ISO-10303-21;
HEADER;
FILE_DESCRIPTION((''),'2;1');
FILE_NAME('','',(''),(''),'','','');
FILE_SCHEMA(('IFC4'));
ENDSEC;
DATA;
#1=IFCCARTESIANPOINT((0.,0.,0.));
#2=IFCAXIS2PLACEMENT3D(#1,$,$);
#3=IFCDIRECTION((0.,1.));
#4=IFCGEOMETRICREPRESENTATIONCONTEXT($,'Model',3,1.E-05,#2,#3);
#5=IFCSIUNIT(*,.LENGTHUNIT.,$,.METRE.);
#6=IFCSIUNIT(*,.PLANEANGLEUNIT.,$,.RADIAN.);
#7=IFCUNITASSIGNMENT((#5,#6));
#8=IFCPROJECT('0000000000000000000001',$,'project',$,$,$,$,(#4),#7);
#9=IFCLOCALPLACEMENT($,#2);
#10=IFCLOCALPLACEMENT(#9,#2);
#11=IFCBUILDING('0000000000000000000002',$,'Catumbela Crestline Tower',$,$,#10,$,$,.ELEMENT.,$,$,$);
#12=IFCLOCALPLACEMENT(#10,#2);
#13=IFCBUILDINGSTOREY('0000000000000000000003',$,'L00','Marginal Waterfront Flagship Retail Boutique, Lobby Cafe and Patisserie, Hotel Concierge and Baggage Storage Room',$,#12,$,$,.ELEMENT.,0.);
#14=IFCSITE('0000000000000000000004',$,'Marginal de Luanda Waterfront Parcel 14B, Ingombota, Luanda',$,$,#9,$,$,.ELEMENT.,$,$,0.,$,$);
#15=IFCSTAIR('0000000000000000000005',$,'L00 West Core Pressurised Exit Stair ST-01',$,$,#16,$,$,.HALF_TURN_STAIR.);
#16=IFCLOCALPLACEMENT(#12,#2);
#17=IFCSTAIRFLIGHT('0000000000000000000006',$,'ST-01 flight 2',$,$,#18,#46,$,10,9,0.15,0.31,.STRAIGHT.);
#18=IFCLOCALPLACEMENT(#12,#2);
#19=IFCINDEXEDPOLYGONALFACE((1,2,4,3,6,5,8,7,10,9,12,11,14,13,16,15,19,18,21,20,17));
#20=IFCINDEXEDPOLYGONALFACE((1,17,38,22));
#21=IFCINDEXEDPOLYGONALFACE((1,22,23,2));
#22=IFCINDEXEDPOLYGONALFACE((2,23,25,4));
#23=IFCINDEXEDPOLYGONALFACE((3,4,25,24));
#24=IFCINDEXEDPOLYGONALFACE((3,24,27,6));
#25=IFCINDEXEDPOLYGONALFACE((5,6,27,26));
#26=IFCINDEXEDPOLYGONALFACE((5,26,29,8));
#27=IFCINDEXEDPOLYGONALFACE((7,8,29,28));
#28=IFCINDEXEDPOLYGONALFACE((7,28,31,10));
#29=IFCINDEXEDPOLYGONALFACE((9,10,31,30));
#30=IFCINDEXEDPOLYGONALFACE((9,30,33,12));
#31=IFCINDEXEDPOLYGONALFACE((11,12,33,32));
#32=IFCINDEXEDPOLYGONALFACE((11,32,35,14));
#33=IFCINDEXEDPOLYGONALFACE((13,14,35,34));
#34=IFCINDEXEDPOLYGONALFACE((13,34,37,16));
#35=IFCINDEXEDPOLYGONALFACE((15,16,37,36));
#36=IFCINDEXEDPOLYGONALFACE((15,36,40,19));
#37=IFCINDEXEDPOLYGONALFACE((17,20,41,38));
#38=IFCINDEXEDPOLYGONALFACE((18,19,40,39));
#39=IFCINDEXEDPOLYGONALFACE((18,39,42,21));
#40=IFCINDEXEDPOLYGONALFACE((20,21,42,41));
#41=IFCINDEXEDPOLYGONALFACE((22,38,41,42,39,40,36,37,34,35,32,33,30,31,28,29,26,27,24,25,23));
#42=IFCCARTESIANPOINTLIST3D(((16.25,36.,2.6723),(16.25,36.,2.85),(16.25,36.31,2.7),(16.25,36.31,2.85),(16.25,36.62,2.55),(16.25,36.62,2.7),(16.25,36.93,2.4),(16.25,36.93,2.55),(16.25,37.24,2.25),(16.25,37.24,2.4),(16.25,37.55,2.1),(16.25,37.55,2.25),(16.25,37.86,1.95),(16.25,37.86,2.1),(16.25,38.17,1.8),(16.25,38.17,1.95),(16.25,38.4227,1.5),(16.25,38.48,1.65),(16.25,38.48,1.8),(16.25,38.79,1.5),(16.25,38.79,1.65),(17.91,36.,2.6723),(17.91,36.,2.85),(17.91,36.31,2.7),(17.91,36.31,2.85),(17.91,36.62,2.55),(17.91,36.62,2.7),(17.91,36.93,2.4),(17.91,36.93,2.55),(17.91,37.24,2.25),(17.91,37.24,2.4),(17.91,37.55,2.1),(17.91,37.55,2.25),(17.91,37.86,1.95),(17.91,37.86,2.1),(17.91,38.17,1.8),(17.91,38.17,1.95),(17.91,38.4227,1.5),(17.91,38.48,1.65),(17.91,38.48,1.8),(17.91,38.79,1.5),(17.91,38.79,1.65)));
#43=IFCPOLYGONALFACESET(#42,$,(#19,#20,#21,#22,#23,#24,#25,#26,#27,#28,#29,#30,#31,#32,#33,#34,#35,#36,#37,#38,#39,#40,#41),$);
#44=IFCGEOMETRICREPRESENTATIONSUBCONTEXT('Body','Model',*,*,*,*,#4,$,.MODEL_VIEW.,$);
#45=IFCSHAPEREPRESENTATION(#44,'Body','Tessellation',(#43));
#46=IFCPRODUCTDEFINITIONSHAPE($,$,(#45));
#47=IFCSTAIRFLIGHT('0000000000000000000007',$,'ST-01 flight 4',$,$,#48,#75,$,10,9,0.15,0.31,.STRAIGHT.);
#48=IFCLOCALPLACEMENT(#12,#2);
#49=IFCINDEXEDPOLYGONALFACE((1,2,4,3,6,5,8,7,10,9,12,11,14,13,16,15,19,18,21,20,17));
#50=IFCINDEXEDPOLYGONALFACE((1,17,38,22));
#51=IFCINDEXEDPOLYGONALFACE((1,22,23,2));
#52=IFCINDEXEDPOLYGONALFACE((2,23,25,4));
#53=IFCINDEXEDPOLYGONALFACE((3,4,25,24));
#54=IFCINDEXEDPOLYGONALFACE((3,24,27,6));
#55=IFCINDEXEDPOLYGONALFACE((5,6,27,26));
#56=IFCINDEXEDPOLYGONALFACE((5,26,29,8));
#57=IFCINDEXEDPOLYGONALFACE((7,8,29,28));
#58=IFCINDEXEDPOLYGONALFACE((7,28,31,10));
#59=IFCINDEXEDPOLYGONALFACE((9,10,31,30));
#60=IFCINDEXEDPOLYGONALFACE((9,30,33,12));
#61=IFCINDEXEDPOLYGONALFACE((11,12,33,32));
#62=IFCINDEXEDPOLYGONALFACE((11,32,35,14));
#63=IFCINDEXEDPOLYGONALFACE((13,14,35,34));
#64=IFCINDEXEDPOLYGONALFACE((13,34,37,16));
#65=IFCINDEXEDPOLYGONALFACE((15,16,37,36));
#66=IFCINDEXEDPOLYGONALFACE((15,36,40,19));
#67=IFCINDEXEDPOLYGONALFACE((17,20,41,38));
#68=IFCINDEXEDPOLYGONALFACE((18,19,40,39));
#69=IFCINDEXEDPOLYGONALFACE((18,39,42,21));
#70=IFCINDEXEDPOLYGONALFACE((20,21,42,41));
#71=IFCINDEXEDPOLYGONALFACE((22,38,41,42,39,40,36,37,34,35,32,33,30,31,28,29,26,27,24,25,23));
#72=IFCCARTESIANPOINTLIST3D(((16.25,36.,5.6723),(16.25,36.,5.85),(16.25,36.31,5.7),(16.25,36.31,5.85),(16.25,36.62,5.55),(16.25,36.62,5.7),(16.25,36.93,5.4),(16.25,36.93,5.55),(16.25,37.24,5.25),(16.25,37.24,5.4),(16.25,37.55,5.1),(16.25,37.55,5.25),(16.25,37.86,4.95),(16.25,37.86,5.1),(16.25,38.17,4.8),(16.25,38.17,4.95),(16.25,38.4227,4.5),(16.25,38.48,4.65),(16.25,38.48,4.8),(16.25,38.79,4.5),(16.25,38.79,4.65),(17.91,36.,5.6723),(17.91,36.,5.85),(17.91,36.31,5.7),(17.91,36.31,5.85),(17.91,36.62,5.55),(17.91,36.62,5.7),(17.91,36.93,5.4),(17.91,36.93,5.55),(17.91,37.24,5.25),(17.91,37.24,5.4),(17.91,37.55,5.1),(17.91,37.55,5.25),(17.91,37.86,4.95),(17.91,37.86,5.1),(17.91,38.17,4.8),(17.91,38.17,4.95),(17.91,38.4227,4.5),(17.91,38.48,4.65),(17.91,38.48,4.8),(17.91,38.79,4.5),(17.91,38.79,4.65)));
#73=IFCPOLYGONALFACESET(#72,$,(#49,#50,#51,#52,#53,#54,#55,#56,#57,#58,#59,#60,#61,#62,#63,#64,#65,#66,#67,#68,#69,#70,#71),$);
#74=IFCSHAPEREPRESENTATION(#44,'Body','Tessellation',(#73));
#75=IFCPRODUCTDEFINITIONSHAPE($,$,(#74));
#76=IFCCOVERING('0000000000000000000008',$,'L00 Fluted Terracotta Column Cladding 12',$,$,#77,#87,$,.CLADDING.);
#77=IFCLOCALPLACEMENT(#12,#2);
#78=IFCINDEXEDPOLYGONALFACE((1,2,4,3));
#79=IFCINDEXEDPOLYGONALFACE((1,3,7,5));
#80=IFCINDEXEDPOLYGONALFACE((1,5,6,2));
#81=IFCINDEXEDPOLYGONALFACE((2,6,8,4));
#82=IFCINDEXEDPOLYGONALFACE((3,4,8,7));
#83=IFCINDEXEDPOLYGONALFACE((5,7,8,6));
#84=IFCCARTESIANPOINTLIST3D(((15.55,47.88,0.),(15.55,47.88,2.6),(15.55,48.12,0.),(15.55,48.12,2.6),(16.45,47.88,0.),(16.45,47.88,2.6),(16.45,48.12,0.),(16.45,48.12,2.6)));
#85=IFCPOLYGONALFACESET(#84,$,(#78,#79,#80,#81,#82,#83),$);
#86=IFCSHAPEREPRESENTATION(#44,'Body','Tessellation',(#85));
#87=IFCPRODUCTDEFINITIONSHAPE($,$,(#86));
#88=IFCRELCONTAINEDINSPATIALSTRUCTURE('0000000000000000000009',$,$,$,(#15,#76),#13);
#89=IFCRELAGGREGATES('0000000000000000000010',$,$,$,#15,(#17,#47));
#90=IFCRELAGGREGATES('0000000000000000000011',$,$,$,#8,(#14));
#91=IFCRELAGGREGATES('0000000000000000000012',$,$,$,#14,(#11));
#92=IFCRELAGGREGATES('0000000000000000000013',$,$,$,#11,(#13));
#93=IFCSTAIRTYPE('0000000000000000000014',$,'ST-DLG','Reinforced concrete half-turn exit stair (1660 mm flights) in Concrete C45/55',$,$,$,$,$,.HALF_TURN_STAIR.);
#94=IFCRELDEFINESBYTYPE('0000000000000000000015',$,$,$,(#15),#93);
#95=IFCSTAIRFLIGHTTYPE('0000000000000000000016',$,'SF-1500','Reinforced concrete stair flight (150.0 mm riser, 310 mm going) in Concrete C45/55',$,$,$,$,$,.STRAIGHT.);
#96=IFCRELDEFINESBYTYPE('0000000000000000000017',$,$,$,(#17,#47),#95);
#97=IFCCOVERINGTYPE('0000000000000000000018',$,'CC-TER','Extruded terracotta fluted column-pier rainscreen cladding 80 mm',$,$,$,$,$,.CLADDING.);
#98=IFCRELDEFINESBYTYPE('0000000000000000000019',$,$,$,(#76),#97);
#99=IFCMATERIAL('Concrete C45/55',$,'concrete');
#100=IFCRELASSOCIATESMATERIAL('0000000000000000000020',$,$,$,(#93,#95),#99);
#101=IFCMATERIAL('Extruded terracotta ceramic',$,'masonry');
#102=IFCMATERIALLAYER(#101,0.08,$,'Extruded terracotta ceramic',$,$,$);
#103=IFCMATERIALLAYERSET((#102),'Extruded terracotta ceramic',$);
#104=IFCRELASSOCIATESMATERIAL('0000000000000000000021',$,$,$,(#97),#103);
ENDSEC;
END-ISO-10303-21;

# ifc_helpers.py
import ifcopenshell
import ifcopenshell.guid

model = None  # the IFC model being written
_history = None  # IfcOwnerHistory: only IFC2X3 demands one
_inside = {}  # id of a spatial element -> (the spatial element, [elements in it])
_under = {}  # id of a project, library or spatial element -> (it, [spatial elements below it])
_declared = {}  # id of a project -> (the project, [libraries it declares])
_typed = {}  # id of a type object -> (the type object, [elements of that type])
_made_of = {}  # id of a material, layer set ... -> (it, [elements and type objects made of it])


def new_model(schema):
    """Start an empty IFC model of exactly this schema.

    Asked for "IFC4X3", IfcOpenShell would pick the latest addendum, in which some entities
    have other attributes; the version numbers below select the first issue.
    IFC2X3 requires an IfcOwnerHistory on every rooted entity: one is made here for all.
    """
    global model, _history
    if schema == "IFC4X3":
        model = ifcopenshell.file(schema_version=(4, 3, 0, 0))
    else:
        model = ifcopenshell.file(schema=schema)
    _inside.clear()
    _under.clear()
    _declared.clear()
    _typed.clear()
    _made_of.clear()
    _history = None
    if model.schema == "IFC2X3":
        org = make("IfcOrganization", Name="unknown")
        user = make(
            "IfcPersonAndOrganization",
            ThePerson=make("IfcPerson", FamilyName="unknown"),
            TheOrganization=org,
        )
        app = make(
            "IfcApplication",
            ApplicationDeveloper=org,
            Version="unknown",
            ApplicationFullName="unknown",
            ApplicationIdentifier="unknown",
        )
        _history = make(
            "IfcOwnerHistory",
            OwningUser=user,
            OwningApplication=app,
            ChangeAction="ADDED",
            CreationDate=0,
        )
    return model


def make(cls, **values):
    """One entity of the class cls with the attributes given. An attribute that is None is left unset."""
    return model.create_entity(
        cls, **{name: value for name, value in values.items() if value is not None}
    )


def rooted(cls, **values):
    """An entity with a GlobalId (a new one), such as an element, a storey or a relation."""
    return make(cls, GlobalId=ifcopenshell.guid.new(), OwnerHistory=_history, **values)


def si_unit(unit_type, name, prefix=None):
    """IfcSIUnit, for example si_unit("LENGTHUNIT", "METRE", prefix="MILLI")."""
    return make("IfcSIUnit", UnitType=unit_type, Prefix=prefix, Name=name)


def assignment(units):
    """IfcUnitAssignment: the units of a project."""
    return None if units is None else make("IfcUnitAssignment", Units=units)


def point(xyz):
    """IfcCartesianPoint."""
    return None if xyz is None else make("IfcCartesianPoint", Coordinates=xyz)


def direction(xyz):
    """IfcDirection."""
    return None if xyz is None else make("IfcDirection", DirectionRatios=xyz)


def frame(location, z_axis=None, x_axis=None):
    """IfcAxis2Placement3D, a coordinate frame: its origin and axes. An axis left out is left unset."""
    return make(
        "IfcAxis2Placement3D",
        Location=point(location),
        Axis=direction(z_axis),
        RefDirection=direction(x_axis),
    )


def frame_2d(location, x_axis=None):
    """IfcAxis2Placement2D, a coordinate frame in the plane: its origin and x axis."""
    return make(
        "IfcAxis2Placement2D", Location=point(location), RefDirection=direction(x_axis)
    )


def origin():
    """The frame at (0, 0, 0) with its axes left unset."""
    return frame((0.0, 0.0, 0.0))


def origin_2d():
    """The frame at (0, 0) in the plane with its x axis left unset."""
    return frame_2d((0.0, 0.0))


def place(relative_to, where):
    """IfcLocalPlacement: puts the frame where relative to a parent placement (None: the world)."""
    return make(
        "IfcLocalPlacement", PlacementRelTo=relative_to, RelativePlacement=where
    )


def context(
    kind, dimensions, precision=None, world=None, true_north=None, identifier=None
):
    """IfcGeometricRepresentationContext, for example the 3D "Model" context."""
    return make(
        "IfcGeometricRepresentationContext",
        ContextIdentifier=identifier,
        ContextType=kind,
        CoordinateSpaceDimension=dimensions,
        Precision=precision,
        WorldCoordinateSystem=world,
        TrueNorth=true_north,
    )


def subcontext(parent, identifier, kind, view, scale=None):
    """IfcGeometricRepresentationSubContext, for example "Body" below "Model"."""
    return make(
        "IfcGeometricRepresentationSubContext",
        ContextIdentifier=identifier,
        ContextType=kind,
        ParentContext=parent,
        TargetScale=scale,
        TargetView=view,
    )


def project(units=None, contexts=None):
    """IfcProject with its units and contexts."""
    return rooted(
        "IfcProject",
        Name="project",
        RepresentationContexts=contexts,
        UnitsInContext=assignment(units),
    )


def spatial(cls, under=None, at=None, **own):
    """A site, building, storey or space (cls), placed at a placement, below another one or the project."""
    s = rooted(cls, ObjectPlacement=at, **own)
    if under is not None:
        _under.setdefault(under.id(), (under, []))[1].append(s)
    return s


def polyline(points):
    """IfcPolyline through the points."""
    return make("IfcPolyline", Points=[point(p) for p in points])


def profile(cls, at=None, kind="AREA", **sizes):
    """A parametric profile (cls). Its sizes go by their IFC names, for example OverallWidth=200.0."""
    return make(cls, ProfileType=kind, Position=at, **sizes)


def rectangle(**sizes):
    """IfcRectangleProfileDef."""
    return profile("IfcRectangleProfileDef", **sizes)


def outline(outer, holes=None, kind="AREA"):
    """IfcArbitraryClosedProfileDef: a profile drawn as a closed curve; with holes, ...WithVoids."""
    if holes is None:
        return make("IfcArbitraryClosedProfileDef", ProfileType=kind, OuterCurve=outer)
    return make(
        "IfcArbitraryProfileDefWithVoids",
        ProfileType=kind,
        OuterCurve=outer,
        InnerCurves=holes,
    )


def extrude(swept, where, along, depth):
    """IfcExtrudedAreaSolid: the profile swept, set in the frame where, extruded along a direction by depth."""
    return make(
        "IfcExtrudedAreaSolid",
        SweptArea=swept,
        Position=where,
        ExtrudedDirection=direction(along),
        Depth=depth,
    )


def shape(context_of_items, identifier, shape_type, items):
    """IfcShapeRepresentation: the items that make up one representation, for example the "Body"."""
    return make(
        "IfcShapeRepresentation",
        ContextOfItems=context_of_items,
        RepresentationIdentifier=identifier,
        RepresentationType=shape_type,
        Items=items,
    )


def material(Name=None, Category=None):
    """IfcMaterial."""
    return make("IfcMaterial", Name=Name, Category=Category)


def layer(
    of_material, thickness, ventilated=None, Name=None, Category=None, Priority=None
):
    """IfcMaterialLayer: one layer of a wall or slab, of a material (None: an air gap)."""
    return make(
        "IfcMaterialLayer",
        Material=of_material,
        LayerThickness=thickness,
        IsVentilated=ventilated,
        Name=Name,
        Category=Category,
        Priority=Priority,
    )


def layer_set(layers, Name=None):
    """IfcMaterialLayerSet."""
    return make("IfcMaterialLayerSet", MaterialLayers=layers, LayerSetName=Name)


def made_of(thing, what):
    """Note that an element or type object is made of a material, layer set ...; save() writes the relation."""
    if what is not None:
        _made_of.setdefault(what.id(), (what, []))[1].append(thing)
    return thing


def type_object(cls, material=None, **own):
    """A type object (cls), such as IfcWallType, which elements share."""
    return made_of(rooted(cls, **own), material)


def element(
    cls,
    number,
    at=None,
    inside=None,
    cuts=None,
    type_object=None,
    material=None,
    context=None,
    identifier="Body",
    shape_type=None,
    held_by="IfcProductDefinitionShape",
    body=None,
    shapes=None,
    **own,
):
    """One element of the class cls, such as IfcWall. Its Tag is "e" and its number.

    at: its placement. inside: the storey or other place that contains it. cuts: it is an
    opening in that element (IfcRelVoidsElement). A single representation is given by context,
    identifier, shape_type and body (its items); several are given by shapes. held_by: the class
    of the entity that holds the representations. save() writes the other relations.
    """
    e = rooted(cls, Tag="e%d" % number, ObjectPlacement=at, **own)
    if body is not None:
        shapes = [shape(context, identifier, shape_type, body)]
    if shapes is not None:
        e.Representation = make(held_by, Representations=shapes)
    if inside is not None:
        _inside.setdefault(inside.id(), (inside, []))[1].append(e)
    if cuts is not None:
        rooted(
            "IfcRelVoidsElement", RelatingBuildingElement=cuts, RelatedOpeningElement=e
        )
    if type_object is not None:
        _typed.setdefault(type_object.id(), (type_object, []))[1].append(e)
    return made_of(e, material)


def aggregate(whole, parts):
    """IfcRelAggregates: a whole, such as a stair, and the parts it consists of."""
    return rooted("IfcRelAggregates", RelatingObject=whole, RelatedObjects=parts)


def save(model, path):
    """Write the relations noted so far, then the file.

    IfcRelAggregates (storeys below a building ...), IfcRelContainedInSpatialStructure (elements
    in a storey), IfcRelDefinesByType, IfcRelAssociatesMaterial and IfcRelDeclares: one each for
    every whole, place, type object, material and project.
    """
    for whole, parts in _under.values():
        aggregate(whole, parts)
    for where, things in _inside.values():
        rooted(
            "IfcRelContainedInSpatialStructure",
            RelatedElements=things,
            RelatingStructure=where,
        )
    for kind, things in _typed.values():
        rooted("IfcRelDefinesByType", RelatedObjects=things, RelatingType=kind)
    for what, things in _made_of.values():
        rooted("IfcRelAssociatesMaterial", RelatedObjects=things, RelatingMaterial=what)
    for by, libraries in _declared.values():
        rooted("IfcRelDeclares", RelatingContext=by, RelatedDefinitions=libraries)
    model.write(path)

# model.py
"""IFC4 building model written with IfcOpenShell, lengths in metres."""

from ifc_helpers import new_model, si_unit, direction, frame, origin, origin_2d, place, context, subcontext, project, spatial, polyline, rectangle, outline, extrude, material, layer, layer_set, type_object, element, aggregate, save


model = new_model("IFC4")

# Units and contexts
model_context = context("Model", 3, precision=1e-05, world=origin(), true_north=direction((0.0, 1.0)))
body_context = subcontext(model_context, "Body", "Model", "MODEL_VIEW")
ifc_project = project(units=[si_unit("LENGTHUNIT", "METRE"), si_unit("PLANEANGLEUNIT", "RADIAN")], contexts=[model_context])

# Site, building, storey
site_placement = place(None, origin())
site = spatial("IfcSite", under=ifc_project, at=site_placement, Name="Marginal de Luanda Waterfront Parcel 14B, Ingombota, Luanda", CompositionType="ELEMENT", RefElevation=0.0)
building_placement = place(site_placement, origin())
building = spatial("IfcBuilding", under=site, at=building_placement, Name="Catumbela Crestline Tower", CompositionType="ELEMENT")
storey_placement = place(building_placement, origin())
storey = spatial("IfcBuildingStorey", under=building, at=storey_placement, Name="L00", Description="Marginal Waterfront Flagship Retail Boutique, Lobby Cafe and Patisserie, Hotel Concierge and Baggage Storage Room", CompositionType="ELEMENT", Elevation=0.0)

# Stair, stair flights
ifc_material_1 = material(Name="Concrete C45/55", Category="concrete")
stair_type = type_object("IfcStairType", Name="ST-DLG", Description="Reinforced concrete half-turn exit stair (1660 mm flights) in Concrete C45/55", PredefinedType="HALF_TURN_STAIR", material=ifc_material_1)
stair_placement = place(storey_placement, origin())
stair = element("IfcStair", 1, at=stair_placement, inside=storey, type_object=stair_type, Name="L00 West Core Pressurised Exit Stair ST-01", PredefinedType="HALF_TURN_STAIR")
stair_flight_type = type_object("IfcStairFlightType", Name="SF-1500", Description="Reinforced concrete stair flight (150.0 mm riser, 310 mm going) in Concrete C45/55", PredefinedType="STRAIGHT", material=ifc_material_1)
stair_flight_1_placement = place(storey_placement, frame((17.08, 38.79, 1.5), z_axis=(0.0, 0.0, 1.0), x_axis=(0.0, -1.0, 0.0)))
stair_flight_1 = element("IfcStairFlight", 2, at=stair_flight_1_placement, type_object=stair_flight_type, Name="ST-01 flight 2", NumberOfRisers=10, NumberOfTreads=9, PredefinedType="STRAIGHT", RiserHeight=0.15, TreadLength=0.31, context=body_context, shape_type="SweptSolid", body=[
    extrude(outline(polyline([(0.0, 0.0), (0.0, 0.15), (0.31, 0.15), (0.31, 0.3), (0.62, 0.3), (0.62, 0.45), (0.93, 0.45), (0.93, 0.6), (1.24, 0.6), (1.24, 0.75), (1.55, 0.75), (1.55, 0.9), (1.86, 0.9), (1.86, 1.05), (2.17, 1.05), (2.17, 1.2), (2.48, 1.2), (2.48, 1.35), (2.79, 1.35), (2.79, 1.5), (2.79, 1.1723), (0.3673, 0.0), (0.0, 0.0)])), frame((0.0, 0.83, 0.0), z_axis=(0.0, -1.0, 0.0), x_axis=(1.0, 0.0, 0.0)), (0.0, 0.0, 1.0), 1.66),
])
stair_flight_2_placement = place(storey_placement, frame((17.08, 38.79, 4.5), z_axis=(0.0, 0.0, 1.0), x_axis=(0.0, -1.0, 0.0)))
stair_flight_2 = element("IfcStairFlight", 3, at=stair_flight_2_placement, type_object=stair_flight_type, Name="ST-01 flight 4", NumberOfRisers=10, NumberOfTreads=9, PredefinedType="STRAIGHT", RiserHeight=0.15, TreadLength=0.31, context=body_context, shape_type="SweptSolid", body=[
    extrude(outline(polyline([(0.0, 0.0), (0.0, 0.15), (0.31, 0.15), (0.31, 0.3), (0.62, 0.3), (0.62, 0.45), (0.93, 0.45), (0.93, 0.6), (1.24, 0.6), (1.24, 0.75), (1.55, 0.75), (1.55, 0.9), (1.86, 0.9), (1.86, 1.05), (2.17, 1.05), (2.17, 1.2), (2.48, 1.2), (2.48, 1.35), (2.79, 1.35), (2.79, 1.5), (2.79, 1.1723), (0.3673, 0.0), (0.0, 0.0)])), frame((0.0, 0.83, 0.0), z_axis=(0.0, -1.0, 0.0), x_axis=(1.0, 0.0, 0.0)), (0.0, 0.0, 1.0), 1.66),
])
aggregate(stair, [stair_flight_1, stair_flight_2])

# Covering
ifc_material_2 = material(Name="Extruded terracotta ceramic", Category="masonry")
ifc_layer_1 = layer(ifc_material_2, 0.08, Name="Extruded terracotta ceramic")
ifc_layer_set_1 = layer_set([ifc_layer_1], Name="Extruded terracotta ceramic")
covering_type = type_object("IfcCoveringType", Name="CC-TER", Description="Extruded terracotta fluted column-pier rainscreen cladding 80 mm", PredefinedType="CLADDING", material=ifc_layer_set_1)
covering_placement = place(storey_placement, frame((16.0, 48.0, 0.0), z_axis=(0.0, 0.0, 1.0), x_axis=(-1.0, 0.0, 0.0)))
element("IfcCovering", 4, at=covering_placement, inside=storey, type_object=covering_type, Name="L00 Fluted Terracotta Column Cladding 12", PredefinedType="CLADDING", context=body_context, shape_type="SweptSolid", body=[
    extrude(rectangle(XDim=0.9, YDim=0.24, at=origin_2d()), origin(), (0.0, 0.0, 1.0), 2.6),
])

save(model, "model.ifc")
